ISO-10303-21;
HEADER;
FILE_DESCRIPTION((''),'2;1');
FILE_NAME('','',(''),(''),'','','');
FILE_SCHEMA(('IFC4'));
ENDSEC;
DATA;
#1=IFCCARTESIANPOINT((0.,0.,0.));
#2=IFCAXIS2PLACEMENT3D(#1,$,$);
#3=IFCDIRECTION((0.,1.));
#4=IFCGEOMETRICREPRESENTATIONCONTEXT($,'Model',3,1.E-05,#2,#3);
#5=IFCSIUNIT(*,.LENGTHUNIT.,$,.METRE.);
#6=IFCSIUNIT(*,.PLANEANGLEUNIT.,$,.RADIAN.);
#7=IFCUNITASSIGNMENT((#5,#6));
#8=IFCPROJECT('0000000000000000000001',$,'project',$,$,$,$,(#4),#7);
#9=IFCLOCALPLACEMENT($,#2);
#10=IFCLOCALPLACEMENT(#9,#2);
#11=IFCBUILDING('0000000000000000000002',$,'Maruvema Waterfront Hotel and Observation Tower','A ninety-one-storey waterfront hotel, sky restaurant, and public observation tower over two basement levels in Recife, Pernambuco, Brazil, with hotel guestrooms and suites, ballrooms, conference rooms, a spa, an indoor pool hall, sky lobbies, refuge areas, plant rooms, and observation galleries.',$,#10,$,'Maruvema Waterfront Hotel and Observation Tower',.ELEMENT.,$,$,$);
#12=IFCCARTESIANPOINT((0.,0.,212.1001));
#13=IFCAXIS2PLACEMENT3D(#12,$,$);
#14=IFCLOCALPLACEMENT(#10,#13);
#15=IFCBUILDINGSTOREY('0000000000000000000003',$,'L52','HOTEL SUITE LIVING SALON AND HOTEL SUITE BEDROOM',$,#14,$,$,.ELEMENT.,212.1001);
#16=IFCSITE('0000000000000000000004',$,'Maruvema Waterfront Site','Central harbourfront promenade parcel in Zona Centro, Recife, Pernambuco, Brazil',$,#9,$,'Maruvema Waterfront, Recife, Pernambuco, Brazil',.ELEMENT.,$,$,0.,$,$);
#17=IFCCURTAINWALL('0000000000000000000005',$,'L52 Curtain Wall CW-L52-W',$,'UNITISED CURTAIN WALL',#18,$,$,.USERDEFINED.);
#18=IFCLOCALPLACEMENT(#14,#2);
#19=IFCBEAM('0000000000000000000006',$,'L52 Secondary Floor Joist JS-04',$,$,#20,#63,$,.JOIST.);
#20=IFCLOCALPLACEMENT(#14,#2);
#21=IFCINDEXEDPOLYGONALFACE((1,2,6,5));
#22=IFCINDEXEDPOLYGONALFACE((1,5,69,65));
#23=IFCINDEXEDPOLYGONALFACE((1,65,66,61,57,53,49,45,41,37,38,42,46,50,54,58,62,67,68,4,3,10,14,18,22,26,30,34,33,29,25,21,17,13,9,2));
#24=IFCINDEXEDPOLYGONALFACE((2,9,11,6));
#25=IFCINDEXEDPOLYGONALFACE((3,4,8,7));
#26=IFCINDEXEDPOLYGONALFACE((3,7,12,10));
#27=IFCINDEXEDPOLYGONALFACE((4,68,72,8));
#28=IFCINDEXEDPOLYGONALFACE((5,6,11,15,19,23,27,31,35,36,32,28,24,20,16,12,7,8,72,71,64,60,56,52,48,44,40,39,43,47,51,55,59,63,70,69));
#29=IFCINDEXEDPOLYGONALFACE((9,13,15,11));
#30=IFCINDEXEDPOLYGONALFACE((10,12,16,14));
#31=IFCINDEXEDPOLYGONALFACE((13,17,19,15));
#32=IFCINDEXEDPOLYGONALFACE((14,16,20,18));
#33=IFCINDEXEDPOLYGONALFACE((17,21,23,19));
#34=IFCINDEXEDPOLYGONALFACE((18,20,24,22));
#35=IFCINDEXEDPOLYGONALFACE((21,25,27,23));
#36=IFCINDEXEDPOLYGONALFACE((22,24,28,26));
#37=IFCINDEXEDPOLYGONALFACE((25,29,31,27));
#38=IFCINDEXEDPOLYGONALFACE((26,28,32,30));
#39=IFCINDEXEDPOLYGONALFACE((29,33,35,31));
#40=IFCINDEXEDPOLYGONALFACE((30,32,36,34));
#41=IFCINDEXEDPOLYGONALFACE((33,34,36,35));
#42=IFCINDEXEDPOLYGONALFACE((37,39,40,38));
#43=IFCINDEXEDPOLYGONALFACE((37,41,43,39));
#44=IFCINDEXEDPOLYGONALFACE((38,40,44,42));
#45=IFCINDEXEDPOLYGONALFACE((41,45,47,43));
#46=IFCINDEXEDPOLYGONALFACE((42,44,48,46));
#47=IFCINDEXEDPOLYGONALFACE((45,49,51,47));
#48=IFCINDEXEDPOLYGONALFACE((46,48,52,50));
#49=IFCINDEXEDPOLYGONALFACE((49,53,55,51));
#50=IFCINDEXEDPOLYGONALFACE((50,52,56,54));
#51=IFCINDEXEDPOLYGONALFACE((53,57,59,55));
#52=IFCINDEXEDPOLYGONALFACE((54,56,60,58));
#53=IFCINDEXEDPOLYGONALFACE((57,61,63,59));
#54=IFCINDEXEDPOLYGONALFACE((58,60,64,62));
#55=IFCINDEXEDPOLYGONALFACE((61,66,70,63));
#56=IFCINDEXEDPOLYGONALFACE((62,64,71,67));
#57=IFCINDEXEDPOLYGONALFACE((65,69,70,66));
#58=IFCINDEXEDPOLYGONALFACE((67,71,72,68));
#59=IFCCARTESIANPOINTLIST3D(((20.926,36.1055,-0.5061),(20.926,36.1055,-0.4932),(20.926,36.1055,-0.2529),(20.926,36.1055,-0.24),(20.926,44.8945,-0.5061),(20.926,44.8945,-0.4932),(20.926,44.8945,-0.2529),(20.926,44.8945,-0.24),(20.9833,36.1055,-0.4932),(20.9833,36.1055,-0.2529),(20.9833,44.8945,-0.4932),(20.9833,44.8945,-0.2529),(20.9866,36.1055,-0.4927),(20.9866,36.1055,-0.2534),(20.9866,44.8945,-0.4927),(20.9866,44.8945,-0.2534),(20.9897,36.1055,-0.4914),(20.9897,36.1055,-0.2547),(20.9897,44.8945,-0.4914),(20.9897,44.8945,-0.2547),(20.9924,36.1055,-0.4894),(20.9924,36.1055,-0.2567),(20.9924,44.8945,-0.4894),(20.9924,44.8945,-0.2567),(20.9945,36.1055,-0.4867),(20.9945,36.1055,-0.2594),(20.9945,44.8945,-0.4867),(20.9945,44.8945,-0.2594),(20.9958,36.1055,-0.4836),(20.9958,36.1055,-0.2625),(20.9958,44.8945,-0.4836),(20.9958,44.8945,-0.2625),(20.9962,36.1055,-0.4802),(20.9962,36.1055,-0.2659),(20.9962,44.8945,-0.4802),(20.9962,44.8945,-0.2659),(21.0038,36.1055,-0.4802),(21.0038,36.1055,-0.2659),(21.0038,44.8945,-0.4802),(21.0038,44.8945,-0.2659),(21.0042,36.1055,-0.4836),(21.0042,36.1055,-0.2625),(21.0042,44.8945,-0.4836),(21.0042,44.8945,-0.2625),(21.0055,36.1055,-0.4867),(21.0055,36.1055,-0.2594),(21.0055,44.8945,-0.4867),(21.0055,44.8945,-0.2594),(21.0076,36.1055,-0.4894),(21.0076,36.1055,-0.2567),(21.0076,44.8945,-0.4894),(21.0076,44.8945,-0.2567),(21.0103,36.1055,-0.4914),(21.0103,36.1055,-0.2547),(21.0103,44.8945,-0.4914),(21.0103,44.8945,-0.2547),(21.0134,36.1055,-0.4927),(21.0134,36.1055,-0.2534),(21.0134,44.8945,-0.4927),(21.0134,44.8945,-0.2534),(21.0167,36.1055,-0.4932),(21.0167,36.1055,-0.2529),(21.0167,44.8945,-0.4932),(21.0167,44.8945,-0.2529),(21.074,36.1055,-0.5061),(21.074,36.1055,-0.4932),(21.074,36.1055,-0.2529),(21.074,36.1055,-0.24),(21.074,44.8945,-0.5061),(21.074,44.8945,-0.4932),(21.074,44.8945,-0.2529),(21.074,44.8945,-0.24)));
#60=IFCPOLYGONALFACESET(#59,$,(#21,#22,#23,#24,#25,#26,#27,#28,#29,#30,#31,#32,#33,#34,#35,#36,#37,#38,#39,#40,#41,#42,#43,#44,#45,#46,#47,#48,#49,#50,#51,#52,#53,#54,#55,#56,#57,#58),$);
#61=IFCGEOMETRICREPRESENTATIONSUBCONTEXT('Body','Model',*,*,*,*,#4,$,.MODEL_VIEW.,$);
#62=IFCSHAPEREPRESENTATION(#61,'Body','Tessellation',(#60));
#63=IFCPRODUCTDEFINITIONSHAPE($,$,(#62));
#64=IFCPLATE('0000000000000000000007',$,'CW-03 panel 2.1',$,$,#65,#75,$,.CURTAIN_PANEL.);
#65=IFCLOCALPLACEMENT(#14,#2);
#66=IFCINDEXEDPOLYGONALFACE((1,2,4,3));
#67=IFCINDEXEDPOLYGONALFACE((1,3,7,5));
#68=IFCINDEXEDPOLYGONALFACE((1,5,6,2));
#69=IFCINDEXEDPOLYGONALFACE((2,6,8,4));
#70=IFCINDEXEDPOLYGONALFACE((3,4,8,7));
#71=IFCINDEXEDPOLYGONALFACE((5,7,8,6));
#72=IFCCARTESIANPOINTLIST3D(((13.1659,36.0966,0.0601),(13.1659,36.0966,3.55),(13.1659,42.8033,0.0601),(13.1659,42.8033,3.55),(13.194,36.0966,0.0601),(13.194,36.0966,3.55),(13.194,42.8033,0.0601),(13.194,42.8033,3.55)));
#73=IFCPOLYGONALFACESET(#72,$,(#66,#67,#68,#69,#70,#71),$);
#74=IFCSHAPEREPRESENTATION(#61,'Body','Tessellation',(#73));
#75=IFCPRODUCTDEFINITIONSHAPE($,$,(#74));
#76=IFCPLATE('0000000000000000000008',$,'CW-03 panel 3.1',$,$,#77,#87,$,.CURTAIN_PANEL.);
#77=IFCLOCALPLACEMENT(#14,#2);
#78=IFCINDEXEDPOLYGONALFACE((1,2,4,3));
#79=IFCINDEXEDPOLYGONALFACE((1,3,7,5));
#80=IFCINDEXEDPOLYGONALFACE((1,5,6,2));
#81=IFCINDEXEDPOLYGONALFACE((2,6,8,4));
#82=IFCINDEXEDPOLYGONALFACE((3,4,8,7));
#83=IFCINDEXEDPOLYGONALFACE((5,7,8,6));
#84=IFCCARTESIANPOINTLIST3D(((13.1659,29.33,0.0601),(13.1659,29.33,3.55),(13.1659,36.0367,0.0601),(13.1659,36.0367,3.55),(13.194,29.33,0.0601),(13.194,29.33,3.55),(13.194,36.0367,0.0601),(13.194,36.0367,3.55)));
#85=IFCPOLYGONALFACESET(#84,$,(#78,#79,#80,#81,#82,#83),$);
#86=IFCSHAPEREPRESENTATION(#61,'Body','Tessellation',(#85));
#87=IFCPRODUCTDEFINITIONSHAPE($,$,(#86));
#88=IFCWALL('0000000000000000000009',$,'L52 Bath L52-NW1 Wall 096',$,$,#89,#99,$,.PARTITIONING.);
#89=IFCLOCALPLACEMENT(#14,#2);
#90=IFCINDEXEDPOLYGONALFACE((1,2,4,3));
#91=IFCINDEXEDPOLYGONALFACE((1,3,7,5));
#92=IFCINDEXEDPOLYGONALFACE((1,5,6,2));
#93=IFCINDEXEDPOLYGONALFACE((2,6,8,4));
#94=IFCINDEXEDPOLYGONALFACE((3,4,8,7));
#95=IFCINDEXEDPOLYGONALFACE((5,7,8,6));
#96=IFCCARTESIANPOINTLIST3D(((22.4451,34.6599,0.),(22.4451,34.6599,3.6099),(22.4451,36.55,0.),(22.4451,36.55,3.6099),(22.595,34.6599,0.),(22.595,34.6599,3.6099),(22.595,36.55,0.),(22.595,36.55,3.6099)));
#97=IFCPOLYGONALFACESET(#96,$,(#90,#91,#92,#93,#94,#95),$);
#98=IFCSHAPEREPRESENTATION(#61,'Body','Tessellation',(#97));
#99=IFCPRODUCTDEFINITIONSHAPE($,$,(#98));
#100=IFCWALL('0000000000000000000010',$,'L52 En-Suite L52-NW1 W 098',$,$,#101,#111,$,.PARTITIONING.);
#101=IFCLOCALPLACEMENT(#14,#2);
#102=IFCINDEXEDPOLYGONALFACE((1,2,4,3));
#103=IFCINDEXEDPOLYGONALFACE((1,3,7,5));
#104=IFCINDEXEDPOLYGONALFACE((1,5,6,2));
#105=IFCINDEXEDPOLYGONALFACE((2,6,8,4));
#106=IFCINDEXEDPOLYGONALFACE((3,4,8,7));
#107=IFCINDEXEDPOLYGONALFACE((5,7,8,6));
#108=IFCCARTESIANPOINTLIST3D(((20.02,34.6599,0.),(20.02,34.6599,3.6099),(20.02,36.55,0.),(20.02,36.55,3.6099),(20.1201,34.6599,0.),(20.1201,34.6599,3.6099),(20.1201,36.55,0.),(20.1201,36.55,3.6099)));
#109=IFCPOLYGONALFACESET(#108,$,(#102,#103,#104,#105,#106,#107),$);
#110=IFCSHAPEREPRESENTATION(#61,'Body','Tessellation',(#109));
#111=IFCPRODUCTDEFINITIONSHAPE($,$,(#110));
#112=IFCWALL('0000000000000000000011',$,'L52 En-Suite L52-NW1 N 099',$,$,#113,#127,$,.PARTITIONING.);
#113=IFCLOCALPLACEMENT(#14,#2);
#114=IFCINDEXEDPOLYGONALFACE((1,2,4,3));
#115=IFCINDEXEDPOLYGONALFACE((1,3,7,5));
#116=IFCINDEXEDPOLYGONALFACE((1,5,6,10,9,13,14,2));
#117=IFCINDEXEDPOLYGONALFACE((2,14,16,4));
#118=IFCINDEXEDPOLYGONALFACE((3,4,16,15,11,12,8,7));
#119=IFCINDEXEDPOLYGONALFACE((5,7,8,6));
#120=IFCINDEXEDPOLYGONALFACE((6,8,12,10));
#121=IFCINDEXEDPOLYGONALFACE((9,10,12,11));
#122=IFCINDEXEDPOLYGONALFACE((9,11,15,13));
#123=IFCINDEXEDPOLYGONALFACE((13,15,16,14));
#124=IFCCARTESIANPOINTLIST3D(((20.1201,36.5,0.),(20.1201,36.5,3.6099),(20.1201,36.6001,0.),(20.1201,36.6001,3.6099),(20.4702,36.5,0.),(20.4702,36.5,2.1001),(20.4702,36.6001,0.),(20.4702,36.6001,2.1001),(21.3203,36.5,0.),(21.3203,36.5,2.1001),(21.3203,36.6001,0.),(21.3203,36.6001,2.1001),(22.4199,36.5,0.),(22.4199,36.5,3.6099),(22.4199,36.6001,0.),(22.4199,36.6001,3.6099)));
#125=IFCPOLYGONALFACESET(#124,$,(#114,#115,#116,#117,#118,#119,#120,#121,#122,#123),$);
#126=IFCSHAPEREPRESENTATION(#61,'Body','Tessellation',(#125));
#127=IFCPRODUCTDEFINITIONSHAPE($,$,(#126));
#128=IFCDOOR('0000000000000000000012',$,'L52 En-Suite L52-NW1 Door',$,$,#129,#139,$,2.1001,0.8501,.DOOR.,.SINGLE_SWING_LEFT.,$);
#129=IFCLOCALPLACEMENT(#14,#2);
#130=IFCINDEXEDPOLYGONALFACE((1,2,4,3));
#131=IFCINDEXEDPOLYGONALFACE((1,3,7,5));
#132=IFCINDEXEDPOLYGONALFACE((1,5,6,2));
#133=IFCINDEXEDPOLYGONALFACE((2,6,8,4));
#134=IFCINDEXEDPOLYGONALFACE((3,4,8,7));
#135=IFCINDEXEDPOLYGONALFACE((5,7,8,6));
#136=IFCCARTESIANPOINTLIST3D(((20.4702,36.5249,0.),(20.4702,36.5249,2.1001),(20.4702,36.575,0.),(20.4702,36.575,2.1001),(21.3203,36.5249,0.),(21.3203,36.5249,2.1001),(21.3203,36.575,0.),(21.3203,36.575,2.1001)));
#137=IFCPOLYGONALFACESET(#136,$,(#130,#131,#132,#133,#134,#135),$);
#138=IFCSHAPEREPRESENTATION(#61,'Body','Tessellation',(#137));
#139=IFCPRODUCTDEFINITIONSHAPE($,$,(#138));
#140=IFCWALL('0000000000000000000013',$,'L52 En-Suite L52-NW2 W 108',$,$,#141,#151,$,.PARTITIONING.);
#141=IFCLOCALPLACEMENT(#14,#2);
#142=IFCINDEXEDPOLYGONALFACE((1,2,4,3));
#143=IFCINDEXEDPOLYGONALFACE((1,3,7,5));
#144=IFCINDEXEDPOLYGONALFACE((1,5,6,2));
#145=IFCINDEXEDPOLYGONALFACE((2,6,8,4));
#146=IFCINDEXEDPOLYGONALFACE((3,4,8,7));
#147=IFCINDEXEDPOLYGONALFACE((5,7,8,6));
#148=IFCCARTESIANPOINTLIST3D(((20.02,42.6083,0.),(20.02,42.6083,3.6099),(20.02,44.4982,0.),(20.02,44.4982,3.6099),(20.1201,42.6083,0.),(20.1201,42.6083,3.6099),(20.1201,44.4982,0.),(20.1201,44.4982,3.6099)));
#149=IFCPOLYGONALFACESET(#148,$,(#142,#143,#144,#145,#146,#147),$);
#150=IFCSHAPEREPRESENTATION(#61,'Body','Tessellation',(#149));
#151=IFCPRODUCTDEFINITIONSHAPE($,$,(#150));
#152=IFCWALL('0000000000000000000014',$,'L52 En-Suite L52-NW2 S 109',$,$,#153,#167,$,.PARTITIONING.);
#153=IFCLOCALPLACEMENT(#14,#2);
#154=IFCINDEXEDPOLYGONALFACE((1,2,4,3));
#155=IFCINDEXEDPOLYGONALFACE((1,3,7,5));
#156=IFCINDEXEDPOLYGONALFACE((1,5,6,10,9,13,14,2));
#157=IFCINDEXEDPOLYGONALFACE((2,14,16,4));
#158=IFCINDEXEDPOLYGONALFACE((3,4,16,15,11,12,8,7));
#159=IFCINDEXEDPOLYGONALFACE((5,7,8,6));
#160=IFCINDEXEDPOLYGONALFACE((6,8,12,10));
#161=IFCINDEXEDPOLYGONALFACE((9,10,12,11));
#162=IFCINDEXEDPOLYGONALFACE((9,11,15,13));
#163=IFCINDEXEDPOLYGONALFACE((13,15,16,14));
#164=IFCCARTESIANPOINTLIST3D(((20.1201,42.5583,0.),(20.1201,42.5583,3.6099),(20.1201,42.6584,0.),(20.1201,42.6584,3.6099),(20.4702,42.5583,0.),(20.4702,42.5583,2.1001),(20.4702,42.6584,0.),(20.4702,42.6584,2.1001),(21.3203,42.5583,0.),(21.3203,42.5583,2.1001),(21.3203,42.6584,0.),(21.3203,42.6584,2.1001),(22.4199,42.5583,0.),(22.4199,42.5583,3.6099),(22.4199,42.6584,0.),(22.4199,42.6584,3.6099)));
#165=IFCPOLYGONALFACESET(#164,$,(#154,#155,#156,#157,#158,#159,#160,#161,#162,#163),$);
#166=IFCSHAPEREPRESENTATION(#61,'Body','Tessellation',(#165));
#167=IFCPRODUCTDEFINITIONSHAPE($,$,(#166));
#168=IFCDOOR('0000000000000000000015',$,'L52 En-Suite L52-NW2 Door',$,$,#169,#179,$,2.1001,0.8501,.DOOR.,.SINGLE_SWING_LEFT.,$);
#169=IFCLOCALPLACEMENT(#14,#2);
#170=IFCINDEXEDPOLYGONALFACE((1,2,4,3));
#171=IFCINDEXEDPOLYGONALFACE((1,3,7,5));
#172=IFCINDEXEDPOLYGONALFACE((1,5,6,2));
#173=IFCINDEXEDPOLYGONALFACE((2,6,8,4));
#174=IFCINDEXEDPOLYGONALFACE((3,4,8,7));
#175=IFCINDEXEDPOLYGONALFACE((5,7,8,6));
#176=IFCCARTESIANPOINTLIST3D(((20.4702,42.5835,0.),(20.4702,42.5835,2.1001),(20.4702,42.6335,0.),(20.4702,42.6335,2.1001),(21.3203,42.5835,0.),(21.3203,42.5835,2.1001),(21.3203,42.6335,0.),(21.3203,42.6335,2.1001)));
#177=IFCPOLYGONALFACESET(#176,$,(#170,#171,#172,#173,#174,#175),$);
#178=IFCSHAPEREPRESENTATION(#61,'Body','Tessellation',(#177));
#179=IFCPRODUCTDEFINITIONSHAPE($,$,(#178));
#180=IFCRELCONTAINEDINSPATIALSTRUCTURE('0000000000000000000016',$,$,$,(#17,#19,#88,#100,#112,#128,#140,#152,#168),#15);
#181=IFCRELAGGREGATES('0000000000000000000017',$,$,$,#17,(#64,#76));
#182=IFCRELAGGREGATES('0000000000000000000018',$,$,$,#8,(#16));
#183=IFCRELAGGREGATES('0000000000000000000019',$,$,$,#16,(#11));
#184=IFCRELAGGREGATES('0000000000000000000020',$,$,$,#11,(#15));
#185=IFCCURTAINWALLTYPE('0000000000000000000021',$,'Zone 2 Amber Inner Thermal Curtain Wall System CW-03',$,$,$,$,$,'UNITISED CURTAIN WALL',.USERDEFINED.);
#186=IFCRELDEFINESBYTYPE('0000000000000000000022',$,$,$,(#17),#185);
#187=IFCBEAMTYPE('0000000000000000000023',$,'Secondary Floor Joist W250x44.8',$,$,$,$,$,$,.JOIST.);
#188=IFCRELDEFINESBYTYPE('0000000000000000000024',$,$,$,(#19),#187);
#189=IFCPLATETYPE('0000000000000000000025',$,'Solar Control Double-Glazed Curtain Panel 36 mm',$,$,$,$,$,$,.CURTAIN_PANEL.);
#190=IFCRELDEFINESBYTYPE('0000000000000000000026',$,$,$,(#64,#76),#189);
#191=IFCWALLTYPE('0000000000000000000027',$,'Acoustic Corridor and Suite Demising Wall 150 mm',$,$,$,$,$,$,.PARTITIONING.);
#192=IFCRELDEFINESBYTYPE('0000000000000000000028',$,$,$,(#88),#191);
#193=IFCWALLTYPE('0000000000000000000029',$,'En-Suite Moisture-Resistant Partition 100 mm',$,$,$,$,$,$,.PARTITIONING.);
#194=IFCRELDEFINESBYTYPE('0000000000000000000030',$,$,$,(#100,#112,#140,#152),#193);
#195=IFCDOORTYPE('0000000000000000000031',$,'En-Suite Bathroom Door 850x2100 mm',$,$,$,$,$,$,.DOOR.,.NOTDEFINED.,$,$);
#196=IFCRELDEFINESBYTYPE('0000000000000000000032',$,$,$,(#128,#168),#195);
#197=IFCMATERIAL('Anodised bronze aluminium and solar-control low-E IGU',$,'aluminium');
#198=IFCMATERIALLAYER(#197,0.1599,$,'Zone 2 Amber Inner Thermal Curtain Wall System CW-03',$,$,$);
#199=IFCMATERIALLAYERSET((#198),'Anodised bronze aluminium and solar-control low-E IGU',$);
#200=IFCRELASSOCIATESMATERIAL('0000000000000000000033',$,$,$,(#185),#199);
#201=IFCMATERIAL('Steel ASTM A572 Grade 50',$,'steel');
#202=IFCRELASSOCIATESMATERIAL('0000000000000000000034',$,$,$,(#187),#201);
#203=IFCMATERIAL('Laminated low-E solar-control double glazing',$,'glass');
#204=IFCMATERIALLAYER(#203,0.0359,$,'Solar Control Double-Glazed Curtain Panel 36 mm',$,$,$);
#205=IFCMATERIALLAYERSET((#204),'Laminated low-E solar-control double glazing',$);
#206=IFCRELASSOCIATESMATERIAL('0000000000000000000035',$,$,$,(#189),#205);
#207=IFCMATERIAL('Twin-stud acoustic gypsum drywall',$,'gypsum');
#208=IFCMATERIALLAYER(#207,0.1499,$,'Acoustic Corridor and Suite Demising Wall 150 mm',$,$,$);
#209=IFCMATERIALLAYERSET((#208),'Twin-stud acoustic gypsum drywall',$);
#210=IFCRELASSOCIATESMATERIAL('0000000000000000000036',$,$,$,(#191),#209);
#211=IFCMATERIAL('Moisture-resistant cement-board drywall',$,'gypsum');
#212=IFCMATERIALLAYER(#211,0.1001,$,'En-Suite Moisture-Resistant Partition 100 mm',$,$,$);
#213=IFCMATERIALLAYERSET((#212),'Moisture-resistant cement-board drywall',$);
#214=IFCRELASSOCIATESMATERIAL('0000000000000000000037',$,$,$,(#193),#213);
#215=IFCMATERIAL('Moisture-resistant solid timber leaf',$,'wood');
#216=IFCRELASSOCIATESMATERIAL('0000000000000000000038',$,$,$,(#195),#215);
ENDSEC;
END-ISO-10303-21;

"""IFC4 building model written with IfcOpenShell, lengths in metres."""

from ifc_helpers import new_model, si_unit, direction, frame, frame_2d, origin, origin_2d, place, context, subcontext, project, spatial, rectangle, i_section, extrude, material, layer, layer_set, material_profile, profile_set, type_object, element, fill, aggregate, save


model = new_model("IFC4")

# Units and contexts
model_context = context("Model", 3, precision=1e-05, world=origin(), true_north=direction((0.0, 1.0)))
body_context = subcontext(model_context, "Body", "Model", "MODEL_VIEW")
ifc_project = project(units=[si_unit("LENGTHUNIT", "METRE"), si_unit("PLANEANGLEUNIT", "RADIAN")], contexts=[model_context])

# Site, building, storey
site_placement = place(None, origin())
site = spatial("IfcSite", under=ifc_project, at=site_placement, Name="Maruvema Waterfront Site", Description="Central harbourfront promenade parcel in Zona Centro, Recife, Pernambuco, Brazil", LongName="Maruvema Waterfront, Recife, Pernambuco, Brazil", CompositionType="ELEMENT", RefElevation=0.0)
building_placement = place(site_placement, origin())
building = spatial("IfcBuilding", under=site, at=building_placement, Name="Maruvema Waterfront Hotel and Observation Tower", Description="A ninety-one-storey waterfront hotel, sky restaurant, and public observation tower over two basement levels in Recife, Pernambuco, Brazil, with hotel guestrooms and suites, ballrooms, conference rooms, a spa, an indoor pool hall, sky lobbies, refuge areas, plant rooms, and observation galleries.", LongName="Maruvema Waterfront Hotel and Observation Tower", CompositionType="ELEMENT")
storey_placement = place(building_placement, frame((0.0, 0.0, 212.1001)))
storey = spatial("IfcBuildingStorey", under=building, at=storey_placement, Name="L52", Description="HOTEL SUITE LIVING SALON AND HOTEL SUITE BEDROOM", CompositionType="ELEMENT", Elevation=212.1001)

# Curtain wall
ifc_material_1 = material(Name="Anodised bronze aluminium and solar-control low-E IGU", Category="aluminium")
ifc_layer_1 = layer(ifc_material_1, 0.1599, Name="Zone 2 Amber Inner Thermal Curtain Wall System CW-03")
ifc_layer_set_1 = layer_set([ifc_layer_1], Name="Anodised bronze aluminium and solar-control low-E IGU")
curtain_wall_type = type_object("IfcCurtainWallType", Name="Zone 2 Amber Inner Thermal Curtain Wall System CW-03", ElementType="UNITISED CURTAIN WALL", PredefinedType="USERDEFINED", material=ifc_layer_set_1)
curtain_wall_placement = place(storey_placement, origin())
curtain_wall = element("IfcCurtainWall", 1, at=curtain_wall_placement, inside=storey, type_object=curtain_wall_type, Name="L52 Curtain Wall CW-L52-W", ObjectType="UNITISED CURTAIN WALL", PredefinedType="USERDEFINED")

# Beam
ifc_material_2 = material(Name="Steel ASTM A572 Grade 50", Category="steel")
ifc_material_profile_1 = material_profile(ifc_material_2, i_section(OverallWidth=0.1479, OverallDepth=0.2661, WebThickness=0.0076, FlangeThickness=0.0129, FilletRadius=0.0129, at=origin_2d()), Name="W250x44.8")
ifc_profile_set_1 = profile_set([ifc_material_profile_1], Name="Steel ASTM A572 Grade 50")
beam_type_1 = type_object("IfcBeamType", Name="Secondary Floor Joist W250x44.8", PredefinedType="JOIST", material=ifc_profile_set_1)
beam_1_placement = place(storey_placement, frame((21.0, 36.1055, -0.373), z_axis=(0.0, 1.0, 0.0), x_axis=(-1.0, 0.0, 0.0)))
element("IfcBeam", 2, at=beam_1_placement, inside=storey, type_object=beam_type_1, Name="L52 Secondary Floor Joist JS-04", PredefinedType="JOIST", context=body_context, shape_type="SweptSolid", body=[
    extrude(i_section(OverallWidth=0.1479, OverallDepth=0.2661, WebThickness=0.0076, FlangeThickness=0.0129, FilletRadius=0.0129, at=origin_2d()), origin(), (0.0, 0.0, 1.0), 8.7891),
])

# Plates
ifc_material_3 = material(Name="Laminated low-E solar-control double glazing", Category="glass")
ifc_layer_2 = layer(ifc_material_3, 0.0359, Name="Solar Control Double-Glazed Curtain Panel 36 mm")
ifc_layer_set_2 = layer_set([ifc_layer_2], Name="Laminated low-E solar-control double glazing")
plate_type = type_object("IfcPlateType", Name="Solar Control Double-Glazed Curtain Panel 36 mm", PredefinedType="CURTAIN_PANEL", material=ifc_layer_set_2)
plate_1_placement = place(storey_placement, frame((13.1799, 39.45, 0.0601), z_axis=(0.0, 0.0, 1.0), x_axis=(0.0, -1.0, 0.0)))
plate_1 = element("IfcPlate", 3, at=plate_1_placement, type_object=plate_type, Name="CW-03 panel 2.1", PredefinedType="CURTAIN_PANEL", context=body_context, shape_type="SweptSolid", body=[
    extrude(rectangle(XDim=6.7068, YDim=0.0281, at=origin_2d()), origin(), (0.0, 0.0, 1.0), 3.49),
])
plate_2_placement = place(storey_placement, frame((13.1799, 32.6833, 0.0601), z_axis=(0.0, 0.0, 1.0), x_axis=(0.0, -1.0, 0.0)))
plate_2 = element("IfcPlate", 4, at=plate_2_placement, type_object=plate_type, Name="CW-03 panel 3.1", PredefinedType="CURTAIN_PANEL", context=body_context, shape_type="SweptSolid", body=[
    extrude(rectangle(XDim=6.7068, YDim=0.0281, at=origin_2d()), origin(), (0.0, 0.0, 1.0), 3.49),
])
aggregate(curtain_wall, [plate_1, plate_2])

# Wall
ifc_material_4 = material(Name="Twin-stud acoustic gypsum drywall", Category="gypsum")
ifc_layer_3 = layer(ifc_material_4, 0.1499, Name="Acoustic Corridor and Suite Demising Wall 150 mm")
ifc_layer_set_3 = layer_set([ifc_layer_3], Name="Twin-stud acoustic gypsum drywall")
wall_type_1 = type_object("IfcWallType", Name="Acoustic Corridor and Suite Demising Wall 150 mm", PredefinedType="PARTITIONING", material=ifc_layer_set_3)
wall_1_placement = place(storey_placement, frame((22.52, 34.6599, 0.0), z_axis=(0.0, 0.0, 1.0), x_axis=(0.0, 1.0, 0.0)))
element("IfcWall", 5, at=wall_1_placement, inside=storey, type_object=wall_type_1, Name="L52 Bath L52-NW1 Wall 096", PredefinedType="PARTITIONING", context=body_context, shape_type="SweptSolid", body=[
    extrude(rectangle(XDim=1.8901, YDim=0.1499, at=frame_2d((0.9451, 0.0))), origin(), (0.0, 0.0, 1.0), 3.6099),
])

# Wall
ifc_material_5 = material(Name="Moisture-resistant cement-board drywall", Category="gypsum")
ifc_layer_4 = layer(ifc_material_5, 0.1001, Name="En-Suite Moisture-Resistant Partition 100 mm")
ifc_layer_set_4 = layer_set([ifc_layer_4], Name="Moisture-resistant cement-board drywall")
wall_type_2 = type_object("IfcWallType", Name="En-Suite Moisture-Resistant Partition 100 mm", PredefinedType="PARTITIONING", material=ifc_layer_set_4)
wall_2_placement = place(storey_placement, frame((20.0701, 34.6599, 0.0), z_axis=(0.0, 0.0, 1.0), x_axis=(0.0, 1.0, 0.0)))
element("IfcWall", 6, at=wall_2_placement, inside=storey, type_object=wall_type_2, Name="L52 En-Suite L52-NW1 W 098", PredefinedType="PARTITIONING", context=body_context, shape_type="SweptSolid", body=[
    extrude(rectangle(XDim=1.8901, YDim=0.1001, at=frame_2d((0.9451, 0.0))), origin(), (0.0, 0.0, 1.0), 3.6099),
])

# Wall, opening, door
wall_3_placement = place(storey_placement, frame((20.1201, 36.55, 0.0), z_axis=(0.0, 0.0, 1.0), x_axis=(1.0, 0.0, 0.0)))
wall_3 = element("IfcWall", 7, at=wall_3_placement, inside=storey, type_object=wall_type_2, Name="L52 En-Suite L52-NW1 N 099", PredefinedType="PARTITIONING", context=body_context, shape_type="SweptSolid", body=[
    extrude(rectangle(XDim=2.2998, YDim=0.1001, at=frame_2d((1.1499, 0.0))), origin(), (0.0, 0.0, 1.0), 3.6099),
])
opening_1_placement = place(wall_3_placement, frame((0.3501, 0.0, 0.0)))
opening_1 = element("IfcOpeningElement", 8, at=opening_1_placement, cuts=wall_3, PredefinedType="OPENING", context=body_context, shape_type="SweptSolid", body=[
    extrude(rectangle(XDim=0.8501, YDim=2.1001, at=frame_2d((0.425, 1.05))), frame((0.0, 0.0601, 0.0), z_axis=(0.0, -1.0, 0.0), x_axis=(1.0, 0.0, 0.0)), (0.0, 0.0, 1.0), 0.1201),
])
ifc_material_6 = material(Name="Moisture-resistant solid timber leaf", Category="wood")
door_type_1 = type_object("IfcDoorType", Name="En-Suite Bathroom Door 850x2100 mm", OperationType="NOTDEFINED", PredefinedType="DOOR", material=ifc_material_6)
door_1_placement = place(opening_1_placement, origin())
door_1 = element("IfcDoor", 9, at=door_1_placement, inside=storey, type_object=door_type_1, Name="L52 En-Suite L52-NW1 Door", OperationType="SINGLE_SWING_LEFT", OverallHeight=2.1001, OverallWidth=0.8501, PredefinedType="DOOR", context=body_context, shape_type="SweptSolid", body=[
    extrude(rectangle(XDim=0.8501, YDim=2.1001, at=frame_2d((0.425, 1.05))), frame((0.0, 0.0249, 0.0), z_axis=(0.0, -1.0, 0.0), x_axis=(1.0, 0.0, 0.0)), (0.0, 0.0, 1.0), 0.05),
])
fill(opening_1, door_1)

# Wall
wall_4_placement = place(storey_placement, frame((20.0701, 42.6084, 0.0), z_axis=(0.0, 0.0, 1.0), x_axis=(0.0, 1.0, 0.0)))
element("IfcWall", 10, at=wall_4_placement, inside=storey, type_object=wall_type_2, Name="L52 En-Suite L52-NW2 W 108", PredefinedType="PARTITIONING", context=body_context, shape_type="SweptSolid", body=[
    extrude(rectangle(XDim=1.8899, YDim=0.1001, at=frame_2d((0.9448, 0.0))), origin(), (0.0, 0.0, 1.0), 3.6099),
])

# Wall, opening, door
wall_5_placement = place(storey_placement, frame((20.1201, 42.6084, 0.0), z_axis=(0.0, 0.0, 1.0), x_axis=(1.0, 0.0, 0.0)))
wall_5 = element("IfcWall", 11, at=wall_5_placement, inside=storey, type_object=wall_type_2, Name="L52 En-Suite L52-NW2 S 109", PredefinedType="PARTITIONING", context=body_context, shape_type="SweptSolid", body=[
    extrude(rectangle(XDim=2.2998, YDim=0.1001, at=frame_2d((1.1499, 0.0))), origin(), (0.0, 0.0, 1.0), 3.6099),
])
opening_2_placement = place(wall_5_placement, frame((0.3501, 0.0, 0.0)))
opening_2 = element("IfcOpeningElement", 12, at=opening_2_placement, cuts=wall_5, PredefinedType="OPENING", context=body_context, shape_type="SweptSolid", body=[
    extrude(rectangle(XDim=0.8501, YDim=2.1001, at=frame_2d((0.425, 1.05))), frame((0.0, 0.0601, 0.0), z_axis=(0.0, -1.0, 0.0), x_axis=(1.0, 0.0, 0.0)), (0.0, 0.0, 1.0), 0.1201),
])
door_2_placement = place(opening_2_placement, frame((0.8501, 0.0, 0.0), z_axis=(0.0, 0.0, 1.0), x_axis=(-1.0, 0.0, 0.0)))
door_2 = element("IfcDoor", 13, at=door_2_placement, inside=storey, type_object=door_type_1, Name="L52 En-Suite L52-NW2 Door", OperationType="SINGLE_SWING_LEFT", OverallHeight=2.1001, OverallWidth=0.8501, PredefinedType="DOOR", context=body_context, shape_type="SweptSolid", body=[
    extrude(rectangle(XDim=0.8501, YDim=2.1001, at=frame_2d((0.425, 1.05))), frame((0.0, 0.0249, 0.0), z_axis=(0.0, -1.0, 0.0), x_axis=(1.0, 0.0, 0.0)), (0.0, 0.0, 1.0), 0.05),
])
fill(opening_2, door_2)

save(model, "model.ifc")
